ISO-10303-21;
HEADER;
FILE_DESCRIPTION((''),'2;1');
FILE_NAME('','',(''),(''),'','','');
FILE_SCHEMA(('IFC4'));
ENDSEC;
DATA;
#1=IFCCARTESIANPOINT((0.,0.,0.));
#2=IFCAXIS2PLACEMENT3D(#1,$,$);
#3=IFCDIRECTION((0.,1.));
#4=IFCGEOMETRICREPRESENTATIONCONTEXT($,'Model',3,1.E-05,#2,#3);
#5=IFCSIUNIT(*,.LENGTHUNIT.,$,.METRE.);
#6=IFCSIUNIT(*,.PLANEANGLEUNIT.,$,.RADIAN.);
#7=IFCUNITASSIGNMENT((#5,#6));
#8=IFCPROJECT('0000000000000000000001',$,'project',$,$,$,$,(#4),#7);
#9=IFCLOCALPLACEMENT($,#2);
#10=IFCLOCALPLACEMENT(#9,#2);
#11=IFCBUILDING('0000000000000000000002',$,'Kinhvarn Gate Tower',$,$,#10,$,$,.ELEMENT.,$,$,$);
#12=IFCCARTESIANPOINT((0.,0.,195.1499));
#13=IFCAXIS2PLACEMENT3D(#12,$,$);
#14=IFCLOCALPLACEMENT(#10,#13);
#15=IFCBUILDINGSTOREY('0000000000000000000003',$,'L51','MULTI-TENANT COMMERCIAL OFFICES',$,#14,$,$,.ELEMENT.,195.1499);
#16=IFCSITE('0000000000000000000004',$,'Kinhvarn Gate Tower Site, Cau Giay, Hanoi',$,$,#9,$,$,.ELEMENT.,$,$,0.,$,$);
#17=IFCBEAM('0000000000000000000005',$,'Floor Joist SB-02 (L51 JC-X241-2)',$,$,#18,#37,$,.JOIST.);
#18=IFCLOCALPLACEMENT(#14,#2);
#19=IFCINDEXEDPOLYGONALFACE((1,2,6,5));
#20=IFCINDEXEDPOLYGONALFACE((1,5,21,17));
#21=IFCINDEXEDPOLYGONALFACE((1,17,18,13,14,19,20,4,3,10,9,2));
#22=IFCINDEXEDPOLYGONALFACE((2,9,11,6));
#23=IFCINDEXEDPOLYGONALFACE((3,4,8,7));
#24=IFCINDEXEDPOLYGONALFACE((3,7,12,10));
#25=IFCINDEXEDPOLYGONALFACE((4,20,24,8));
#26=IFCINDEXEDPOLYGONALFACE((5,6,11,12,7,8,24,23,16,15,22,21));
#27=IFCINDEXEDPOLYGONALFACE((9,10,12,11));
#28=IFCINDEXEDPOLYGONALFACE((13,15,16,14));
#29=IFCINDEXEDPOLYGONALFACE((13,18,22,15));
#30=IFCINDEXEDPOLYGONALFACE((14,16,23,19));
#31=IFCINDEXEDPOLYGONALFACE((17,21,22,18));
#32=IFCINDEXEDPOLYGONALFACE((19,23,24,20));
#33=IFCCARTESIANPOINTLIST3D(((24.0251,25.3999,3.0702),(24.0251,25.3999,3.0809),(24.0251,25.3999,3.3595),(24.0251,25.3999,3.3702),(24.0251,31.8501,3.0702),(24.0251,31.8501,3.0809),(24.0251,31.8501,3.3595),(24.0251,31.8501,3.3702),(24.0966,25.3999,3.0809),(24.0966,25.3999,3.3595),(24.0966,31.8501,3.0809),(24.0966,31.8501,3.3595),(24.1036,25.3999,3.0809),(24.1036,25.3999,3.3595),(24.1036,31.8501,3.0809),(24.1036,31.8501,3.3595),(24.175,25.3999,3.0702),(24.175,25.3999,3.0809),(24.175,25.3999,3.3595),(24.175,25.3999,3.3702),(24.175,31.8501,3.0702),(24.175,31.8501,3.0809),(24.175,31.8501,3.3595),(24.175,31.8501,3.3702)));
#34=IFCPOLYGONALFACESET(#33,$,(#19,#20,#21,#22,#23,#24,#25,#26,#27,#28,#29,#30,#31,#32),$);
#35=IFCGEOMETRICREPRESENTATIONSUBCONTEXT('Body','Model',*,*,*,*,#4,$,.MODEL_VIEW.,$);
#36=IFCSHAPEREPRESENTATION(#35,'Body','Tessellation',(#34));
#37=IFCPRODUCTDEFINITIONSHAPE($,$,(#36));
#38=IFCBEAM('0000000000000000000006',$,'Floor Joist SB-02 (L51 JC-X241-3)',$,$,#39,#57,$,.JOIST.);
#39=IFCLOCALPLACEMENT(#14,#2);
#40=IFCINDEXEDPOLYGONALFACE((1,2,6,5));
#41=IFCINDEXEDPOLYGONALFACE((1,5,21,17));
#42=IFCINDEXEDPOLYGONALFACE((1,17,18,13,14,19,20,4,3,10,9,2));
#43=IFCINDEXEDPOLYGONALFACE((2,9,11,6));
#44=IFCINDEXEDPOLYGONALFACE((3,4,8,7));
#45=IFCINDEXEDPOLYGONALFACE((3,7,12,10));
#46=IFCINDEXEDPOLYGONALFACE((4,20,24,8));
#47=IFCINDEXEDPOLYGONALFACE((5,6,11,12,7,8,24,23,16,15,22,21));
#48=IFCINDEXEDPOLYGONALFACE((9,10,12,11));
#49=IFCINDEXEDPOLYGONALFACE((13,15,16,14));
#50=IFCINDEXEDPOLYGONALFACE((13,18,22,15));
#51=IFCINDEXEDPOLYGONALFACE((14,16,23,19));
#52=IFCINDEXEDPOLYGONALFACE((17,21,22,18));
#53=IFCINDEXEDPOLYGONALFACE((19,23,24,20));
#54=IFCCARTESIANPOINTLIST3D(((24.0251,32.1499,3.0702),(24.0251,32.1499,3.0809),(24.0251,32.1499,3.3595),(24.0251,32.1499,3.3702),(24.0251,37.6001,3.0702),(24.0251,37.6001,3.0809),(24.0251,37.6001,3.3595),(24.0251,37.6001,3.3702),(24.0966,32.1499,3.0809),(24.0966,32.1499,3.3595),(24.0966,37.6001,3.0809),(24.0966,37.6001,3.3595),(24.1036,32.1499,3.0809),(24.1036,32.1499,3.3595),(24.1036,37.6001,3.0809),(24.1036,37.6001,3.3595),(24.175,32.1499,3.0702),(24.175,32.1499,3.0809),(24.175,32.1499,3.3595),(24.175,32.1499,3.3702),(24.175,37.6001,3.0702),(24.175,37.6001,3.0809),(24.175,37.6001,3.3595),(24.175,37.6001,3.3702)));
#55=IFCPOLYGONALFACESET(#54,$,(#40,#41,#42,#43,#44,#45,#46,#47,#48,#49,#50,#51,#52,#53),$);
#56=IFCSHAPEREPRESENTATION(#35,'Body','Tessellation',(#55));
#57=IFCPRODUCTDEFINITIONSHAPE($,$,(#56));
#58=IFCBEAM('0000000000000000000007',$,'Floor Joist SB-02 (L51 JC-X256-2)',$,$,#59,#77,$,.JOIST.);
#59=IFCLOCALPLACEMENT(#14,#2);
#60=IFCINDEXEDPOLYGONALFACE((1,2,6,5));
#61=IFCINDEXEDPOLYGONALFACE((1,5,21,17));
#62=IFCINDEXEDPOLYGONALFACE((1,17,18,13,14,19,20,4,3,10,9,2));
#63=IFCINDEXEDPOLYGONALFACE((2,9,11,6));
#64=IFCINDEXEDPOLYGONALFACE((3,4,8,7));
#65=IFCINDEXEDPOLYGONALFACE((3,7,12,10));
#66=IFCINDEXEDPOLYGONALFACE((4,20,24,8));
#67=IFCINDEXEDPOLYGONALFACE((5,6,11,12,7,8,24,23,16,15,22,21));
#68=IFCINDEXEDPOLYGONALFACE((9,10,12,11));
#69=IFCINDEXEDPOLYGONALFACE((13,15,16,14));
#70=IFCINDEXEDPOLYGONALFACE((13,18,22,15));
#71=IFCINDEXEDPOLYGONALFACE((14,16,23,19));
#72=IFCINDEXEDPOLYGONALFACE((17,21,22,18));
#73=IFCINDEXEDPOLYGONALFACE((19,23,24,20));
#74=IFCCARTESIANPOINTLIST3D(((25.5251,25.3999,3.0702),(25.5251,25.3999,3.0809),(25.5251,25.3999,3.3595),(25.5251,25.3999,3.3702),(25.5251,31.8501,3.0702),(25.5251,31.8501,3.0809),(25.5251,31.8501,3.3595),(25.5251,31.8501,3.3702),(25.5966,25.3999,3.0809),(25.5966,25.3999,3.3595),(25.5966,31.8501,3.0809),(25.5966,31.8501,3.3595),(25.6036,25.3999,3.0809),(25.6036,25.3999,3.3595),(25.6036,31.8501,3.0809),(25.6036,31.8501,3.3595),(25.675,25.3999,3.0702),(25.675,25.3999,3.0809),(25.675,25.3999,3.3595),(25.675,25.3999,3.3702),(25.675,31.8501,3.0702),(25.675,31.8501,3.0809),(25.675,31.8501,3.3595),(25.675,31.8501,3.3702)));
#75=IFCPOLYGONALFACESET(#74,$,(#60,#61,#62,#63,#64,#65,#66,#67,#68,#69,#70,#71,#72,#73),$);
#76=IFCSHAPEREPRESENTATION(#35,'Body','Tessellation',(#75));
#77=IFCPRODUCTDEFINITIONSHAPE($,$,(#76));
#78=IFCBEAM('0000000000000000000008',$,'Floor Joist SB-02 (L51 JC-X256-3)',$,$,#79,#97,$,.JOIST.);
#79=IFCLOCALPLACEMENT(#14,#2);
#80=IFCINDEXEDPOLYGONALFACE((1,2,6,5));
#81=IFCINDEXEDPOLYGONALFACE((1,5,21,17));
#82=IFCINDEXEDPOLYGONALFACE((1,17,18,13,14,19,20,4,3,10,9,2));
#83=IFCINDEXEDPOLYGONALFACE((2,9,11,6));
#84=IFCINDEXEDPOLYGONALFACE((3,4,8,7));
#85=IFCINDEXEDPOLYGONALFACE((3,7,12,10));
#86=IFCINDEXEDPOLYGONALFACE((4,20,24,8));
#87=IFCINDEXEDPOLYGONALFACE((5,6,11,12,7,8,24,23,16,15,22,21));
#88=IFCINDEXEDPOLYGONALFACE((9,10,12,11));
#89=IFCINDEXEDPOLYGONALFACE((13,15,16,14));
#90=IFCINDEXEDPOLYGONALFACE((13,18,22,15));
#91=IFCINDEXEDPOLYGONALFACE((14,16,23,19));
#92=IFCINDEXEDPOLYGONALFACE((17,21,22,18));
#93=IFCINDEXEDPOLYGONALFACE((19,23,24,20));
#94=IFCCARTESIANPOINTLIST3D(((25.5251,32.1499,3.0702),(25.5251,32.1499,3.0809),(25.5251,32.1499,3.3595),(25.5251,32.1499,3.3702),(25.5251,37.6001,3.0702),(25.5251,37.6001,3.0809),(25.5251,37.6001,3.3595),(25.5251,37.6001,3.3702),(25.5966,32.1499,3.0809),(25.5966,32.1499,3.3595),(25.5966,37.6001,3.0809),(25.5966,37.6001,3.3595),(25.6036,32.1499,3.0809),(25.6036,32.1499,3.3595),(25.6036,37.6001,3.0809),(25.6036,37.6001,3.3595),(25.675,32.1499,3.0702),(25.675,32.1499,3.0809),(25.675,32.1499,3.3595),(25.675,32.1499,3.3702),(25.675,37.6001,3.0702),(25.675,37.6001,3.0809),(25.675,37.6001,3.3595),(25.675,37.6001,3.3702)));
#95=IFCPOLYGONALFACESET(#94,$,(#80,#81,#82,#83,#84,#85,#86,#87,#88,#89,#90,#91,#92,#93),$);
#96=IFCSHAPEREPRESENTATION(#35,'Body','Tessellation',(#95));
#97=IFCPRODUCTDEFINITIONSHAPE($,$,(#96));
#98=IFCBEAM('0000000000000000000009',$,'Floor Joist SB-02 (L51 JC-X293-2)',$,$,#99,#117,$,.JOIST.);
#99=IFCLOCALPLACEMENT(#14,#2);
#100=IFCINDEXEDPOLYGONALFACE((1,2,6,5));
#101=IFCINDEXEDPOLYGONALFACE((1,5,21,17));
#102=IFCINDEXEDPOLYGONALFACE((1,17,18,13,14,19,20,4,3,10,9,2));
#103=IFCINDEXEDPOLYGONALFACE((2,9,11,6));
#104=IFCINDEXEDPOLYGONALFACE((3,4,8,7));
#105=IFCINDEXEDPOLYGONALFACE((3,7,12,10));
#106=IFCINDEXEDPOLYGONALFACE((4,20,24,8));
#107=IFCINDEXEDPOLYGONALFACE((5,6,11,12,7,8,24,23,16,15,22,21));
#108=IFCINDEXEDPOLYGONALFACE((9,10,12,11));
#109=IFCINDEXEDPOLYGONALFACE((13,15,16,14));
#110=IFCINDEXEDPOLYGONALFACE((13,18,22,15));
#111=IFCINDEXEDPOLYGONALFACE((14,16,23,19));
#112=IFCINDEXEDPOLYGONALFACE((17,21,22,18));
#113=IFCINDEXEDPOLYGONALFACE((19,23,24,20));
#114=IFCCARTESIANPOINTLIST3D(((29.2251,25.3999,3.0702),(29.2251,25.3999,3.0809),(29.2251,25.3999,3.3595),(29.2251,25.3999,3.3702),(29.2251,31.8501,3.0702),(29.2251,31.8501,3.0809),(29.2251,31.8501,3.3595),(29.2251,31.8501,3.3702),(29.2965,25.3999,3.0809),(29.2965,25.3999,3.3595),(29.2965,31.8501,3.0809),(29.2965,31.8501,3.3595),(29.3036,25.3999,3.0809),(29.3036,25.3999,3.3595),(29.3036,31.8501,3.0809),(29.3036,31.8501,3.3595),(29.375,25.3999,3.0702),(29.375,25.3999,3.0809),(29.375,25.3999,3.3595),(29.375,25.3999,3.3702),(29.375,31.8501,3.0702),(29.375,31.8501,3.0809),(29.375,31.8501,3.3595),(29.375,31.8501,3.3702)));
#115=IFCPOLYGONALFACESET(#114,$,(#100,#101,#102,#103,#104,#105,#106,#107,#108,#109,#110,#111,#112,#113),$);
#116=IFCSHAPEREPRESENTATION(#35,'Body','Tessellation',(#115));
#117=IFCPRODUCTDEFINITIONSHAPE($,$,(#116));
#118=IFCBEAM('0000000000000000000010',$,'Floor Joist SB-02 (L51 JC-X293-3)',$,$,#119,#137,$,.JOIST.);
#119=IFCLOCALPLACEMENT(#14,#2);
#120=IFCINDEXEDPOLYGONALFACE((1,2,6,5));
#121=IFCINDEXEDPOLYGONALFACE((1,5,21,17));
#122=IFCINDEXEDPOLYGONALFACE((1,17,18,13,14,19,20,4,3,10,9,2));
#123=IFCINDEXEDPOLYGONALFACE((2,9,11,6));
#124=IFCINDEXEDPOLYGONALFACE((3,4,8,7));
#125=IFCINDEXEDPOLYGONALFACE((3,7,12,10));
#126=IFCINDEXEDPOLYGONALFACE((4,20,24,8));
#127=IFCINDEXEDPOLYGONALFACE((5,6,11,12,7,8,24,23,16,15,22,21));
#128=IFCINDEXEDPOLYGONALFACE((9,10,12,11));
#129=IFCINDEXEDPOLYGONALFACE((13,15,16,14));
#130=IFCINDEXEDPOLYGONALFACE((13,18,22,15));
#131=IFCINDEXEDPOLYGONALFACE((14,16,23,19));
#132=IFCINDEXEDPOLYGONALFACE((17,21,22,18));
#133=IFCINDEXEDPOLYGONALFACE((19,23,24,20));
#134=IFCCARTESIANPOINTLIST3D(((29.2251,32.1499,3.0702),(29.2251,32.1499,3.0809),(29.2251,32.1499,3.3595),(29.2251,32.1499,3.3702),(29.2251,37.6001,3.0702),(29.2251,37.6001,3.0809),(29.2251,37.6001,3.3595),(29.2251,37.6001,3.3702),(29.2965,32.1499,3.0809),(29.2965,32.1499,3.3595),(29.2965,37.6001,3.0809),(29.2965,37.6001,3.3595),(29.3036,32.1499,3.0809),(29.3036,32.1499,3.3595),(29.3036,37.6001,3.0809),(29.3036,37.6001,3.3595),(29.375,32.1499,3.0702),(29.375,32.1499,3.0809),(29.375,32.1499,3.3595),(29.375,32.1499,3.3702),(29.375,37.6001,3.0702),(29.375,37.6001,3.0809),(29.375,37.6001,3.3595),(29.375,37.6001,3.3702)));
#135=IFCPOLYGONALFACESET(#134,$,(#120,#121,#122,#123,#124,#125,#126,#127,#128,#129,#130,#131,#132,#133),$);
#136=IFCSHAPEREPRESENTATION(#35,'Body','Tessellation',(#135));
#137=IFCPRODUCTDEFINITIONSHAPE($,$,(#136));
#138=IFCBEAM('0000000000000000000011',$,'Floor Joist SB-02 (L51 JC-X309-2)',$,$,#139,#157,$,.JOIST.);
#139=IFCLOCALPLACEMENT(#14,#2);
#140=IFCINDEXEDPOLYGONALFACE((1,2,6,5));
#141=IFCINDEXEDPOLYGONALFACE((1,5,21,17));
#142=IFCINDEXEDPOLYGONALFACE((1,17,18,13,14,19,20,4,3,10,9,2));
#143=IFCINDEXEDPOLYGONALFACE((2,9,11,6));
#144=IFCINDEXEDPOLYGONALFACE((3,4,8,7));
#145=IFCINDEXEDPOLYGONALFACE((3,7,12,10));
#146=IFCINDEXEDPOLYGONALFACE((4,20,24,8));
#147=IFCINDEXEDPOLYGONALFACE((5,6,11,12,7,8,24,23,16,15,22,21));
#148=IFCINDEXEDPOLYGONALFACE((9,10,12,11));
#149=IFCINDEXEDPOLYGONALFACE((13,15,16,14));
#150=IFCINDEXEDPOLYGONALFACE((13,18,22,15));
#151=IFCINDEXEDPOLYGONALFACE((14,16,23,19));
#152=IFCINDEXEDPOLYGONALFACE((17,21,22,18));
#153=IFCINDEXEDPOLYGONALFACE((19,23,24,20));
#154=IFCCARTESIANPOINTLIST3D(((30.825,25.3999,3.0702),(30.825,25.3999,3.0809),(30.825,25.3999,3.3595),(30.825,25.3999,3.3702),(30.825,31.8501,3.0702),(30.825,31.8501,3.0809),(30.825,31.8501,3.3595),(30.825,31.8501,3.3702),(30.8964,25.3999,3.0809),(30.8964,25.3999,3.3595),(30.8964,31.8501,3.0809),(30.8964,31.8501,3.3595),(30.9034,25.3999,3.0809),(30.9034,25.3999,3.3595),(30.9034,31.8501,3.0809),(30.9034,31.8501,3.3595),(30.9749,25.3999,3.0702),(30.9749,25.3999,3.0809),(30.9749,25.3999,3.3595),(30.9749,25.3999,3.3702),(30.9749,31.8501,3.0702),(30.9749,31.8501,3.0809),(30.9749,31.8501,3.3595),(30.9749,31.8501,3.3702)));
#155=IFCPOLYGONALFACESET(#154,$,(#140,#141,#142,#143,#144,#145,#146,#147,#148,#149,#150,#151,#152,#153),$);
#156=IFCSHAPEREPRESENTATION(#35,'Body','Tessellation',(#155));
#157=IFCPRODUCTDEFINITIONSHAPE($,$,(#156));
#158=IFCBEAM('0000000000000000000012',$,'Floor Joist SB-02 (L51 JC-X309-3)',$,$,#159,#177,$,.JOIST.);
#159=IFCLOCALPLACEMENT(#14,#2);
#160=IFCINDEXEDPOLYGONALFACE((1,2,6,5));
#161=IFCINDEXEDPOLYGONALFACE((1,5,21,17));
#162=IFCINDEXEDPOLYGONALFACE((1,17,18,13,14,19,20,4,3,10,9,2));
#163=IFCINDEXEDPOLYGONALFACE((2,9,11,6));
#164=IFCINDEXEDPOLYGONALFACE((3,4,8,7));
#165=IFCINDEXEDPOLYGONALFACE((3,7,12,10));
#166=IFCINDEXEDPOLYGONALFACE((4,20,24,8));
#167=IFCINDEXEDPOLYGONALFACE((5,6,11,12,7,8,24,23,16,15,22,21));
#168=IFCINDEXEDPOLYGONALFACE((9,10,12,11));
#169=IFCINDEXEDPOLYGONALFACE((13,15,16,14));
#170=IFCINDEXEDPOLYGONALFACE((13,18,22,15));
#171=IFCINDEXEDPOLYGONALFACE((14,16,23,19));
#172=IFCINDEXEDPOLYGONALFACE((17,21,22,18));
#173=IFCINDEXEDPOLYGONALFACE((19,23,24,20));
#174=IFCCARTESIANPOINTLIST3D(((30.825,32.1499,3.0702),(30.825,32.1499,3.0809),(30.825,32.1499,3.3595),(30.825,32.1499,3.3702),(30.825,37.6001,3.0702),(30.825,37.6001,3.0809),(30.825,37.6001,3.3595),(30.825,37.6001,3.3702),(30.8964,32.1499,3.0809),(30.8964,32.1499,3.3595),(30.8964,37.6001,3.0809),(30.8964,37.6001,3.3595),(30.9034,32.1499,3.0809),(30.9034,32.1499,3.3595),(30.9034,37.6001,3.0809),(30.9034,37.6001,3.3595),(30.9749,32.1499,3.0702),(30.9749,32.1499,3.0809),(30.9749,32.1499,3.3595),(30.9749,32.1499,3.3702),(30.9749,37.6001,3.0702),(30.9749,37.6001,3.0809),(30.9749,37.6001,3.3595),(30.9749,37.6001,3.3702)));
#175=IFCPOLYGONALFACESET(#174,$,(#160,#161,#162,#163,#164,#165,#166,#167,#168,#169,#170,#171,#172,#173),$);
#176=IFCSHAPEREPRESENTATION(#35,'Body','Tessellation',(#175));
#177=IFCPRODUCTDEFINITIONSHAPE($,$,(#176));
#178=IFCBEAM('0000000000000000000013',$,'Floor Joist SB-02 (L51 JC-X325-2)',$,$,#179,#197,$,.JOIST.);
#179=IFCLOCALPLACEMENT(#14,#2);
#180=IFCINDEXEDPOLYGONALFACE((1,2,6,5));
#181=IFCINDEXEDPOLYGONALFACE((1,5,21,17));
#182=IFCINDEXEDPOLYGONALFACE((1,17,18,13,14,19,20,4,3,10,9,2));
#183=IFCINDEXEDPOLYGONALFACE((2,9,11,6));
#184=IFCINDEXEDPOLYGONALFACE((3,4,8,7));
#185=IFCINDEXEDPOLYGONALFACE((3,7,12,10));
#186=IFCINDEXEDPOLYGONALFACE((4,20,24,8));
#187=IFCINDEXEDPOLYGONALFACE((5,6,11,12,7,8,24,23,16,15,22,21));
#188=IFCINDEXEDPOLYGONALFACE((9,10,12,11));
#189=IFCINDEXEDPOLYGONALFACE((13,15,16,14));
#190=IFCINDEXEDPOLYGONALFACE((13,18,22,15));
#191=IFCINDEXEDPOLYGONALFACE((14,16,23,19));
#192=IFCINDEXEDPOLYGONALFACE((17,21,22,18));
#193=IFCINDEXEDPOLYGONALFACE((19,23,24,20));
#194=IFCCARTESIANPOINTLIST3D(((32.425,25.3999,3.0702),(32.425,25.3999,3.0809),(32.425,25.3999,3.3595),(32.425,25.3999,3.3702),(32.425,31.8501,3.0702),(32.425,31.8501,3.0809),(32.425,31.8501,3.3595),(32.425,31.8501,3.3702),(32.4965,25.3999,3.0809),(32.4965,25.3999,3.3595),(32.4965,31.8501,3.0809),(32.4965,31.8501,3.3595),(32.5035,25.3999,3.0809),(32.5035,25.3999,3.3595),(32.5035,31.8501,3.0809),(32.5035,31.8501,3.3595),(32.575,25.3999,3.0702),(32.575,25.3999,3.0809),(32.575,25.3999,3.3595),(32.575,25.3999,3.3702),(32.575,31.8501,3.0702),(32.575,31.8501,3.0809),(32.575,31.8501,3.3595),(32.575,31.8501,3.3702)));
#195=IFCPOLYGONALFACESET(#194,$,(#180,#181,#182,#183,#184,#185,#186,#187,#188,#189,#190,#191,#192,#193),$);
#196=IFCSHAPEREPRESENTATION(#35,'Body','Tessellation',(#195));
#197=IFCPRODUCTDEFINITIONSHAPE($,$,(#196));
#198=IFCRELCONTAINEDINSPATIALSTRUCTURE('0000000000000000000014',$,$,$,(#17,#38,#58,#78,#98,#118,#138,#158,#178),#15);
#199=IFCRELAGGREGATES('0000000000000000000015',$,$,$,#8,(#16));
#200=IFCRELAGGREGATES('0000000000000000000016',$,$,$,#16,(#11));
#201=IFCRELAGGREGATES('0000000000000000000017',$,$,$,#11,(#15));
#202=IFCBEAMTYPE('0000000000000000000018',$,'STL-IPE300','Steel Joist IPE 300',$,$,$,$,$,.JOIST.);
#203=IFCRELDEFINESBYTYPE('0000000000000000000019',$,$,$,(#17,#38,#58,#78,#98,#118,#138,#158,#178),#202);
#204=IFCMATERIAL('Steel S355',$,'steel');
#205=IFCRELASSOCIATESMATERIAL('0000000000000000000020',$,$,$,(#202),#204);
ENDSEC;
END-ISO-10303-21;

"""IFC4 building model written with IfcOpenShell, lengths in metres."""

from ifc_helpers import new_model, si_unit, direction, frame, origin, origin_2d, place, context, subcontext, project, spatial, i_section, extrude, material, material_profile, profile_set, type_object, element, save


model = new_model("IFC4")

# Units and contexts
model_context = context("Model", 3, precision=1e-05, world=origin(), true_north=direction((0.0, 1.0)))
body_context = subcontext(model_context, "Body", "Model", "MODEL_VIEW")
ifc_project = project(units=[si_unit("LENGTHUNIT", "METRE"), si_unit("PLANEANGLEUNIT", "RADIAN")], contexts=[model_context])

# Site, building, storey
site_placement = place(None, origin())
site = spatial("IfcSite", under=ifc_project, at=site_placement, Name="Kinhvarn Gate Tower Site, Cau Giay, Hanoi", CompositionType="ELEMENT", RefElevation=0.0)
building_placement = place(site_placement, origin())
building = spatial("IfcBuilding", under=site, at=building_placement, Name="Kinhvarn Gate Tower", CompositionType="ELEMENT")
storey_placement = place(building_placement, frame((0.0, 0.0, 195.1499)))
storey = spatial("IfcBuildingStorey", under=building, at=storey_placement, Name="L51", Description="MULTI-TENANT COMMERCIAL OFFICES", CompositionType="ELEMENT", Elevation=195.1499)

# Beams
ifc_material_1 = material(Name="Steel S355", Category="steel")
ifc_material_profile = material_profile(ifc_material_1, i_section(OverallWidth=0.1499, OverallDepth=0.3, WebThickness=0.0071, FlangeThickness=0.0107, at=origin_2d()), Name="IPE 300")
ifc_profile_set = profile_set([ifc_material_profile], Name="Steel S355")
beam_type = type_object("IfcBeamType", Name="STL-IPE300", Description="Steel Joist IPE 300", PredefinedType="JOIST", material=ifc_profile_set)
beam_1_placement = place(storey_placement, frame((24.1001, 25.3999, 3.2202), z_axis=(0.0, 1.0, 0.0), x_axis=(-1.0, 0.0, 0.0)))
element("IfcBeam", 1, at=beam_1_placement, inside=storey, type_object=beam_type, Name="Floor Joist SB-02 (L51 JC-X241-2)", PredefinedType="JOIST", context=body_context, shape_type="SweptSolid", body=[
    extrude(i_section(OverallWidth=0.1499, OverallDepth=0.3, WebThickness=0.0071, FlangeThickness=0.0107, at=origin_2d()), origin(), (0.0, 0.0, 1.0), 6.4502),
])
beam_2_placement = place(storey_placement, frame((24.1001, 32.1499, 3.2202), z_axis=(0.0, 1.0, 0.0), x_axis=(-1.0, 0.0, 0.0)))
element("IfcBeam", 2, at=beam_2_placement, inside=storey, type_object=beam_type, Name="Floor Joist SB-02 (L51 JC-X241-3)", PredefinedType="JOIST", context=body_context, shape_type="SweptSolid", body=[
    extrude(i_section(OverallWidth=0.1499, OverallDepth=0.3, WebThickness=0.0071, FlangeThickness=0.0107, at=origin_2d()), origin(), (0.0, 0.0, 1.0), 5.4502),
])
beam_3_placement = place(storey_placement, frame((25.6001, 25.3999, 3.2202), z_axis=(0.0, 1.0, 0.0), x_axis=(-1.0, 0.0, 0.0)))
element("IfcBeam", 3, at=beam_3_placement, inside=storey, type_object=beam_type, Name="Floor Joist SB-02 (L51 JC-X256-2)", PredefinedType="JOIST", context=body_context, shape_type="SweptSolid", body=[
    extrude(i_section(OverallWidth=0.1499, OverallDepth=0.3, WebThickness=0.0071, FlangeThickness=0.0107, at=origin_2d()), origin(), (0.0, 0.0, 1.0), 6.4502),
])
beam_4_placement = place(storey_placement, frame((25.6001, 32.1499, 3.2202), z_axis=(0.0, 1.0, 0.0), x_axis=(-1.0, 0.0, 0.0)))
element("IfcBeam", 4, at=beam_4_placement, inside=storey, type_object=beam_type, Name="Floor Joist SB-02 (L51 JC-X256-3)", PredefinedType="JOIST", context=body_context, shape_type="SweptSolid", body=[
    extrude(i_section(OverallWidth=0.1499, OverallDepth=0.3, WebThickness=0.0071, FlangeThickness=0.0107, at=origin_2d()), origin(), (0.0, 0.0, 1.0), 5.4502),
])
beam_5_placement = place(storey_placement, frame((29.3, 25.3999, 3.2202), z_axis=(0.0, 1.0, 0.0), x_axis=(-1.0, 0.0, 0.0)))
element("IfcBeam", 5, at=beam_5_placement, inside=storey, type_object=beam_type, Name="Floor Joist SB-02 (L51 JC-X293-2)", PredefinedType="JOIST", context=body_context, shape_type="SweptSolid", body=[
    extrude(i_section(OverallWidth=0.1499, OverallDepth=0.3, WebThickness=0.0071, FlangeThickness=0.0107, at=origin_2d()), origin(), (0.0, 0.0, 1.0), 6.4502),
])
beam_6_placement = place(storey_placement, frame((29.3, 32.1499, 3.2202), z_axis=(0.0, 1.0, 0.0), x_axis=(-1.0, 0.0, 0.0)))
element("IfcBeam", 6, at=beam_6_placement, inside=storey, type_object=beam_type, Name="Floor Joist SB-02 (L51 JC-X293-3)", PredefinedType="JOIST", context=body_context, shape_type="SweptSolid", body=[
    extrude(i_section(OverallWidth=0.1499, OverallDepth=0.3, WebThickness=0.0071, FlangeThickness=0.0107, at=origin_2d()), origin(), (0.0, 0.0, 1.0), 5.4502),
])
beam_7_placement = place(storey_placement, frame((30.8999, 25.3999, 3.2202), z_axis=(0.0, 1.0, 0.0), x_axis=(-1.0, 0.0, 0.0)))
element("IfcBeam", 7, at=beam_7_placement, inside=storey, type_object=beam_type, Name="Floor Joist SB-02 (L51 JC-X309-2)", PredefinedType="JOIST", context=body_context, shape_type="SweptSolid", body=[
    extrude(i_section(OverallWidth=0.1499, OverallDepth=0.3, WebThickness=0.0071, FlangeThickness=0.0107, at=origin_2d()), origin(), (0.0, 0.0, 1.0), 6.4502),
])
beam_8_placement = place(storey_placement, frame((30.8999, 32.1499, 3.2202), z_axis=(0.0, 1.0, 0.0), x_axis=(-1.0, 0.0, 0.0)))
element("IfcBeam", 8, at=beam_8_placement, inside=storey, type_object=beam_type, Name="Floor Joist SB-02 (L51 JC-X309-3)", PredefinedType="JOIST", context=body_context, shape_type="SweptSolid", body=[
    extrude(i_section(OverallWidth=0.1499, OverallDepth=0.3, WebThickness=0.0071, FlangeThickness=0.0107, at=origin_2d()), origin(), (0.0, 0.0, 1.0), 5.4502),
])
beam_9_placement = place(storey_placement, frame((32.5, 25.3999, 3.2202), z_axis=(0.0, 1.0, 0.0), x_axis=(-1.0, 0.0, 0.0)))
element("IfcBeam", 9, at=beam_9_placement, inside=storey, type_object=beam_type, Name="Floor Joist SB-02 (L51 JC-X325-2)", PredefinedType="JOIST", context=body_context, shape_type="SweptSolid", body=[
    extrude(i_section(OverallWidth=0.1499, OverallDepth=0.3, WebThickness=0.0071, FlangeThickness=0.0107, at=origin_2d()), origin(), (0.0, 0.0, 1.0), 6.4502),
])

save(model, "model.ifc")
